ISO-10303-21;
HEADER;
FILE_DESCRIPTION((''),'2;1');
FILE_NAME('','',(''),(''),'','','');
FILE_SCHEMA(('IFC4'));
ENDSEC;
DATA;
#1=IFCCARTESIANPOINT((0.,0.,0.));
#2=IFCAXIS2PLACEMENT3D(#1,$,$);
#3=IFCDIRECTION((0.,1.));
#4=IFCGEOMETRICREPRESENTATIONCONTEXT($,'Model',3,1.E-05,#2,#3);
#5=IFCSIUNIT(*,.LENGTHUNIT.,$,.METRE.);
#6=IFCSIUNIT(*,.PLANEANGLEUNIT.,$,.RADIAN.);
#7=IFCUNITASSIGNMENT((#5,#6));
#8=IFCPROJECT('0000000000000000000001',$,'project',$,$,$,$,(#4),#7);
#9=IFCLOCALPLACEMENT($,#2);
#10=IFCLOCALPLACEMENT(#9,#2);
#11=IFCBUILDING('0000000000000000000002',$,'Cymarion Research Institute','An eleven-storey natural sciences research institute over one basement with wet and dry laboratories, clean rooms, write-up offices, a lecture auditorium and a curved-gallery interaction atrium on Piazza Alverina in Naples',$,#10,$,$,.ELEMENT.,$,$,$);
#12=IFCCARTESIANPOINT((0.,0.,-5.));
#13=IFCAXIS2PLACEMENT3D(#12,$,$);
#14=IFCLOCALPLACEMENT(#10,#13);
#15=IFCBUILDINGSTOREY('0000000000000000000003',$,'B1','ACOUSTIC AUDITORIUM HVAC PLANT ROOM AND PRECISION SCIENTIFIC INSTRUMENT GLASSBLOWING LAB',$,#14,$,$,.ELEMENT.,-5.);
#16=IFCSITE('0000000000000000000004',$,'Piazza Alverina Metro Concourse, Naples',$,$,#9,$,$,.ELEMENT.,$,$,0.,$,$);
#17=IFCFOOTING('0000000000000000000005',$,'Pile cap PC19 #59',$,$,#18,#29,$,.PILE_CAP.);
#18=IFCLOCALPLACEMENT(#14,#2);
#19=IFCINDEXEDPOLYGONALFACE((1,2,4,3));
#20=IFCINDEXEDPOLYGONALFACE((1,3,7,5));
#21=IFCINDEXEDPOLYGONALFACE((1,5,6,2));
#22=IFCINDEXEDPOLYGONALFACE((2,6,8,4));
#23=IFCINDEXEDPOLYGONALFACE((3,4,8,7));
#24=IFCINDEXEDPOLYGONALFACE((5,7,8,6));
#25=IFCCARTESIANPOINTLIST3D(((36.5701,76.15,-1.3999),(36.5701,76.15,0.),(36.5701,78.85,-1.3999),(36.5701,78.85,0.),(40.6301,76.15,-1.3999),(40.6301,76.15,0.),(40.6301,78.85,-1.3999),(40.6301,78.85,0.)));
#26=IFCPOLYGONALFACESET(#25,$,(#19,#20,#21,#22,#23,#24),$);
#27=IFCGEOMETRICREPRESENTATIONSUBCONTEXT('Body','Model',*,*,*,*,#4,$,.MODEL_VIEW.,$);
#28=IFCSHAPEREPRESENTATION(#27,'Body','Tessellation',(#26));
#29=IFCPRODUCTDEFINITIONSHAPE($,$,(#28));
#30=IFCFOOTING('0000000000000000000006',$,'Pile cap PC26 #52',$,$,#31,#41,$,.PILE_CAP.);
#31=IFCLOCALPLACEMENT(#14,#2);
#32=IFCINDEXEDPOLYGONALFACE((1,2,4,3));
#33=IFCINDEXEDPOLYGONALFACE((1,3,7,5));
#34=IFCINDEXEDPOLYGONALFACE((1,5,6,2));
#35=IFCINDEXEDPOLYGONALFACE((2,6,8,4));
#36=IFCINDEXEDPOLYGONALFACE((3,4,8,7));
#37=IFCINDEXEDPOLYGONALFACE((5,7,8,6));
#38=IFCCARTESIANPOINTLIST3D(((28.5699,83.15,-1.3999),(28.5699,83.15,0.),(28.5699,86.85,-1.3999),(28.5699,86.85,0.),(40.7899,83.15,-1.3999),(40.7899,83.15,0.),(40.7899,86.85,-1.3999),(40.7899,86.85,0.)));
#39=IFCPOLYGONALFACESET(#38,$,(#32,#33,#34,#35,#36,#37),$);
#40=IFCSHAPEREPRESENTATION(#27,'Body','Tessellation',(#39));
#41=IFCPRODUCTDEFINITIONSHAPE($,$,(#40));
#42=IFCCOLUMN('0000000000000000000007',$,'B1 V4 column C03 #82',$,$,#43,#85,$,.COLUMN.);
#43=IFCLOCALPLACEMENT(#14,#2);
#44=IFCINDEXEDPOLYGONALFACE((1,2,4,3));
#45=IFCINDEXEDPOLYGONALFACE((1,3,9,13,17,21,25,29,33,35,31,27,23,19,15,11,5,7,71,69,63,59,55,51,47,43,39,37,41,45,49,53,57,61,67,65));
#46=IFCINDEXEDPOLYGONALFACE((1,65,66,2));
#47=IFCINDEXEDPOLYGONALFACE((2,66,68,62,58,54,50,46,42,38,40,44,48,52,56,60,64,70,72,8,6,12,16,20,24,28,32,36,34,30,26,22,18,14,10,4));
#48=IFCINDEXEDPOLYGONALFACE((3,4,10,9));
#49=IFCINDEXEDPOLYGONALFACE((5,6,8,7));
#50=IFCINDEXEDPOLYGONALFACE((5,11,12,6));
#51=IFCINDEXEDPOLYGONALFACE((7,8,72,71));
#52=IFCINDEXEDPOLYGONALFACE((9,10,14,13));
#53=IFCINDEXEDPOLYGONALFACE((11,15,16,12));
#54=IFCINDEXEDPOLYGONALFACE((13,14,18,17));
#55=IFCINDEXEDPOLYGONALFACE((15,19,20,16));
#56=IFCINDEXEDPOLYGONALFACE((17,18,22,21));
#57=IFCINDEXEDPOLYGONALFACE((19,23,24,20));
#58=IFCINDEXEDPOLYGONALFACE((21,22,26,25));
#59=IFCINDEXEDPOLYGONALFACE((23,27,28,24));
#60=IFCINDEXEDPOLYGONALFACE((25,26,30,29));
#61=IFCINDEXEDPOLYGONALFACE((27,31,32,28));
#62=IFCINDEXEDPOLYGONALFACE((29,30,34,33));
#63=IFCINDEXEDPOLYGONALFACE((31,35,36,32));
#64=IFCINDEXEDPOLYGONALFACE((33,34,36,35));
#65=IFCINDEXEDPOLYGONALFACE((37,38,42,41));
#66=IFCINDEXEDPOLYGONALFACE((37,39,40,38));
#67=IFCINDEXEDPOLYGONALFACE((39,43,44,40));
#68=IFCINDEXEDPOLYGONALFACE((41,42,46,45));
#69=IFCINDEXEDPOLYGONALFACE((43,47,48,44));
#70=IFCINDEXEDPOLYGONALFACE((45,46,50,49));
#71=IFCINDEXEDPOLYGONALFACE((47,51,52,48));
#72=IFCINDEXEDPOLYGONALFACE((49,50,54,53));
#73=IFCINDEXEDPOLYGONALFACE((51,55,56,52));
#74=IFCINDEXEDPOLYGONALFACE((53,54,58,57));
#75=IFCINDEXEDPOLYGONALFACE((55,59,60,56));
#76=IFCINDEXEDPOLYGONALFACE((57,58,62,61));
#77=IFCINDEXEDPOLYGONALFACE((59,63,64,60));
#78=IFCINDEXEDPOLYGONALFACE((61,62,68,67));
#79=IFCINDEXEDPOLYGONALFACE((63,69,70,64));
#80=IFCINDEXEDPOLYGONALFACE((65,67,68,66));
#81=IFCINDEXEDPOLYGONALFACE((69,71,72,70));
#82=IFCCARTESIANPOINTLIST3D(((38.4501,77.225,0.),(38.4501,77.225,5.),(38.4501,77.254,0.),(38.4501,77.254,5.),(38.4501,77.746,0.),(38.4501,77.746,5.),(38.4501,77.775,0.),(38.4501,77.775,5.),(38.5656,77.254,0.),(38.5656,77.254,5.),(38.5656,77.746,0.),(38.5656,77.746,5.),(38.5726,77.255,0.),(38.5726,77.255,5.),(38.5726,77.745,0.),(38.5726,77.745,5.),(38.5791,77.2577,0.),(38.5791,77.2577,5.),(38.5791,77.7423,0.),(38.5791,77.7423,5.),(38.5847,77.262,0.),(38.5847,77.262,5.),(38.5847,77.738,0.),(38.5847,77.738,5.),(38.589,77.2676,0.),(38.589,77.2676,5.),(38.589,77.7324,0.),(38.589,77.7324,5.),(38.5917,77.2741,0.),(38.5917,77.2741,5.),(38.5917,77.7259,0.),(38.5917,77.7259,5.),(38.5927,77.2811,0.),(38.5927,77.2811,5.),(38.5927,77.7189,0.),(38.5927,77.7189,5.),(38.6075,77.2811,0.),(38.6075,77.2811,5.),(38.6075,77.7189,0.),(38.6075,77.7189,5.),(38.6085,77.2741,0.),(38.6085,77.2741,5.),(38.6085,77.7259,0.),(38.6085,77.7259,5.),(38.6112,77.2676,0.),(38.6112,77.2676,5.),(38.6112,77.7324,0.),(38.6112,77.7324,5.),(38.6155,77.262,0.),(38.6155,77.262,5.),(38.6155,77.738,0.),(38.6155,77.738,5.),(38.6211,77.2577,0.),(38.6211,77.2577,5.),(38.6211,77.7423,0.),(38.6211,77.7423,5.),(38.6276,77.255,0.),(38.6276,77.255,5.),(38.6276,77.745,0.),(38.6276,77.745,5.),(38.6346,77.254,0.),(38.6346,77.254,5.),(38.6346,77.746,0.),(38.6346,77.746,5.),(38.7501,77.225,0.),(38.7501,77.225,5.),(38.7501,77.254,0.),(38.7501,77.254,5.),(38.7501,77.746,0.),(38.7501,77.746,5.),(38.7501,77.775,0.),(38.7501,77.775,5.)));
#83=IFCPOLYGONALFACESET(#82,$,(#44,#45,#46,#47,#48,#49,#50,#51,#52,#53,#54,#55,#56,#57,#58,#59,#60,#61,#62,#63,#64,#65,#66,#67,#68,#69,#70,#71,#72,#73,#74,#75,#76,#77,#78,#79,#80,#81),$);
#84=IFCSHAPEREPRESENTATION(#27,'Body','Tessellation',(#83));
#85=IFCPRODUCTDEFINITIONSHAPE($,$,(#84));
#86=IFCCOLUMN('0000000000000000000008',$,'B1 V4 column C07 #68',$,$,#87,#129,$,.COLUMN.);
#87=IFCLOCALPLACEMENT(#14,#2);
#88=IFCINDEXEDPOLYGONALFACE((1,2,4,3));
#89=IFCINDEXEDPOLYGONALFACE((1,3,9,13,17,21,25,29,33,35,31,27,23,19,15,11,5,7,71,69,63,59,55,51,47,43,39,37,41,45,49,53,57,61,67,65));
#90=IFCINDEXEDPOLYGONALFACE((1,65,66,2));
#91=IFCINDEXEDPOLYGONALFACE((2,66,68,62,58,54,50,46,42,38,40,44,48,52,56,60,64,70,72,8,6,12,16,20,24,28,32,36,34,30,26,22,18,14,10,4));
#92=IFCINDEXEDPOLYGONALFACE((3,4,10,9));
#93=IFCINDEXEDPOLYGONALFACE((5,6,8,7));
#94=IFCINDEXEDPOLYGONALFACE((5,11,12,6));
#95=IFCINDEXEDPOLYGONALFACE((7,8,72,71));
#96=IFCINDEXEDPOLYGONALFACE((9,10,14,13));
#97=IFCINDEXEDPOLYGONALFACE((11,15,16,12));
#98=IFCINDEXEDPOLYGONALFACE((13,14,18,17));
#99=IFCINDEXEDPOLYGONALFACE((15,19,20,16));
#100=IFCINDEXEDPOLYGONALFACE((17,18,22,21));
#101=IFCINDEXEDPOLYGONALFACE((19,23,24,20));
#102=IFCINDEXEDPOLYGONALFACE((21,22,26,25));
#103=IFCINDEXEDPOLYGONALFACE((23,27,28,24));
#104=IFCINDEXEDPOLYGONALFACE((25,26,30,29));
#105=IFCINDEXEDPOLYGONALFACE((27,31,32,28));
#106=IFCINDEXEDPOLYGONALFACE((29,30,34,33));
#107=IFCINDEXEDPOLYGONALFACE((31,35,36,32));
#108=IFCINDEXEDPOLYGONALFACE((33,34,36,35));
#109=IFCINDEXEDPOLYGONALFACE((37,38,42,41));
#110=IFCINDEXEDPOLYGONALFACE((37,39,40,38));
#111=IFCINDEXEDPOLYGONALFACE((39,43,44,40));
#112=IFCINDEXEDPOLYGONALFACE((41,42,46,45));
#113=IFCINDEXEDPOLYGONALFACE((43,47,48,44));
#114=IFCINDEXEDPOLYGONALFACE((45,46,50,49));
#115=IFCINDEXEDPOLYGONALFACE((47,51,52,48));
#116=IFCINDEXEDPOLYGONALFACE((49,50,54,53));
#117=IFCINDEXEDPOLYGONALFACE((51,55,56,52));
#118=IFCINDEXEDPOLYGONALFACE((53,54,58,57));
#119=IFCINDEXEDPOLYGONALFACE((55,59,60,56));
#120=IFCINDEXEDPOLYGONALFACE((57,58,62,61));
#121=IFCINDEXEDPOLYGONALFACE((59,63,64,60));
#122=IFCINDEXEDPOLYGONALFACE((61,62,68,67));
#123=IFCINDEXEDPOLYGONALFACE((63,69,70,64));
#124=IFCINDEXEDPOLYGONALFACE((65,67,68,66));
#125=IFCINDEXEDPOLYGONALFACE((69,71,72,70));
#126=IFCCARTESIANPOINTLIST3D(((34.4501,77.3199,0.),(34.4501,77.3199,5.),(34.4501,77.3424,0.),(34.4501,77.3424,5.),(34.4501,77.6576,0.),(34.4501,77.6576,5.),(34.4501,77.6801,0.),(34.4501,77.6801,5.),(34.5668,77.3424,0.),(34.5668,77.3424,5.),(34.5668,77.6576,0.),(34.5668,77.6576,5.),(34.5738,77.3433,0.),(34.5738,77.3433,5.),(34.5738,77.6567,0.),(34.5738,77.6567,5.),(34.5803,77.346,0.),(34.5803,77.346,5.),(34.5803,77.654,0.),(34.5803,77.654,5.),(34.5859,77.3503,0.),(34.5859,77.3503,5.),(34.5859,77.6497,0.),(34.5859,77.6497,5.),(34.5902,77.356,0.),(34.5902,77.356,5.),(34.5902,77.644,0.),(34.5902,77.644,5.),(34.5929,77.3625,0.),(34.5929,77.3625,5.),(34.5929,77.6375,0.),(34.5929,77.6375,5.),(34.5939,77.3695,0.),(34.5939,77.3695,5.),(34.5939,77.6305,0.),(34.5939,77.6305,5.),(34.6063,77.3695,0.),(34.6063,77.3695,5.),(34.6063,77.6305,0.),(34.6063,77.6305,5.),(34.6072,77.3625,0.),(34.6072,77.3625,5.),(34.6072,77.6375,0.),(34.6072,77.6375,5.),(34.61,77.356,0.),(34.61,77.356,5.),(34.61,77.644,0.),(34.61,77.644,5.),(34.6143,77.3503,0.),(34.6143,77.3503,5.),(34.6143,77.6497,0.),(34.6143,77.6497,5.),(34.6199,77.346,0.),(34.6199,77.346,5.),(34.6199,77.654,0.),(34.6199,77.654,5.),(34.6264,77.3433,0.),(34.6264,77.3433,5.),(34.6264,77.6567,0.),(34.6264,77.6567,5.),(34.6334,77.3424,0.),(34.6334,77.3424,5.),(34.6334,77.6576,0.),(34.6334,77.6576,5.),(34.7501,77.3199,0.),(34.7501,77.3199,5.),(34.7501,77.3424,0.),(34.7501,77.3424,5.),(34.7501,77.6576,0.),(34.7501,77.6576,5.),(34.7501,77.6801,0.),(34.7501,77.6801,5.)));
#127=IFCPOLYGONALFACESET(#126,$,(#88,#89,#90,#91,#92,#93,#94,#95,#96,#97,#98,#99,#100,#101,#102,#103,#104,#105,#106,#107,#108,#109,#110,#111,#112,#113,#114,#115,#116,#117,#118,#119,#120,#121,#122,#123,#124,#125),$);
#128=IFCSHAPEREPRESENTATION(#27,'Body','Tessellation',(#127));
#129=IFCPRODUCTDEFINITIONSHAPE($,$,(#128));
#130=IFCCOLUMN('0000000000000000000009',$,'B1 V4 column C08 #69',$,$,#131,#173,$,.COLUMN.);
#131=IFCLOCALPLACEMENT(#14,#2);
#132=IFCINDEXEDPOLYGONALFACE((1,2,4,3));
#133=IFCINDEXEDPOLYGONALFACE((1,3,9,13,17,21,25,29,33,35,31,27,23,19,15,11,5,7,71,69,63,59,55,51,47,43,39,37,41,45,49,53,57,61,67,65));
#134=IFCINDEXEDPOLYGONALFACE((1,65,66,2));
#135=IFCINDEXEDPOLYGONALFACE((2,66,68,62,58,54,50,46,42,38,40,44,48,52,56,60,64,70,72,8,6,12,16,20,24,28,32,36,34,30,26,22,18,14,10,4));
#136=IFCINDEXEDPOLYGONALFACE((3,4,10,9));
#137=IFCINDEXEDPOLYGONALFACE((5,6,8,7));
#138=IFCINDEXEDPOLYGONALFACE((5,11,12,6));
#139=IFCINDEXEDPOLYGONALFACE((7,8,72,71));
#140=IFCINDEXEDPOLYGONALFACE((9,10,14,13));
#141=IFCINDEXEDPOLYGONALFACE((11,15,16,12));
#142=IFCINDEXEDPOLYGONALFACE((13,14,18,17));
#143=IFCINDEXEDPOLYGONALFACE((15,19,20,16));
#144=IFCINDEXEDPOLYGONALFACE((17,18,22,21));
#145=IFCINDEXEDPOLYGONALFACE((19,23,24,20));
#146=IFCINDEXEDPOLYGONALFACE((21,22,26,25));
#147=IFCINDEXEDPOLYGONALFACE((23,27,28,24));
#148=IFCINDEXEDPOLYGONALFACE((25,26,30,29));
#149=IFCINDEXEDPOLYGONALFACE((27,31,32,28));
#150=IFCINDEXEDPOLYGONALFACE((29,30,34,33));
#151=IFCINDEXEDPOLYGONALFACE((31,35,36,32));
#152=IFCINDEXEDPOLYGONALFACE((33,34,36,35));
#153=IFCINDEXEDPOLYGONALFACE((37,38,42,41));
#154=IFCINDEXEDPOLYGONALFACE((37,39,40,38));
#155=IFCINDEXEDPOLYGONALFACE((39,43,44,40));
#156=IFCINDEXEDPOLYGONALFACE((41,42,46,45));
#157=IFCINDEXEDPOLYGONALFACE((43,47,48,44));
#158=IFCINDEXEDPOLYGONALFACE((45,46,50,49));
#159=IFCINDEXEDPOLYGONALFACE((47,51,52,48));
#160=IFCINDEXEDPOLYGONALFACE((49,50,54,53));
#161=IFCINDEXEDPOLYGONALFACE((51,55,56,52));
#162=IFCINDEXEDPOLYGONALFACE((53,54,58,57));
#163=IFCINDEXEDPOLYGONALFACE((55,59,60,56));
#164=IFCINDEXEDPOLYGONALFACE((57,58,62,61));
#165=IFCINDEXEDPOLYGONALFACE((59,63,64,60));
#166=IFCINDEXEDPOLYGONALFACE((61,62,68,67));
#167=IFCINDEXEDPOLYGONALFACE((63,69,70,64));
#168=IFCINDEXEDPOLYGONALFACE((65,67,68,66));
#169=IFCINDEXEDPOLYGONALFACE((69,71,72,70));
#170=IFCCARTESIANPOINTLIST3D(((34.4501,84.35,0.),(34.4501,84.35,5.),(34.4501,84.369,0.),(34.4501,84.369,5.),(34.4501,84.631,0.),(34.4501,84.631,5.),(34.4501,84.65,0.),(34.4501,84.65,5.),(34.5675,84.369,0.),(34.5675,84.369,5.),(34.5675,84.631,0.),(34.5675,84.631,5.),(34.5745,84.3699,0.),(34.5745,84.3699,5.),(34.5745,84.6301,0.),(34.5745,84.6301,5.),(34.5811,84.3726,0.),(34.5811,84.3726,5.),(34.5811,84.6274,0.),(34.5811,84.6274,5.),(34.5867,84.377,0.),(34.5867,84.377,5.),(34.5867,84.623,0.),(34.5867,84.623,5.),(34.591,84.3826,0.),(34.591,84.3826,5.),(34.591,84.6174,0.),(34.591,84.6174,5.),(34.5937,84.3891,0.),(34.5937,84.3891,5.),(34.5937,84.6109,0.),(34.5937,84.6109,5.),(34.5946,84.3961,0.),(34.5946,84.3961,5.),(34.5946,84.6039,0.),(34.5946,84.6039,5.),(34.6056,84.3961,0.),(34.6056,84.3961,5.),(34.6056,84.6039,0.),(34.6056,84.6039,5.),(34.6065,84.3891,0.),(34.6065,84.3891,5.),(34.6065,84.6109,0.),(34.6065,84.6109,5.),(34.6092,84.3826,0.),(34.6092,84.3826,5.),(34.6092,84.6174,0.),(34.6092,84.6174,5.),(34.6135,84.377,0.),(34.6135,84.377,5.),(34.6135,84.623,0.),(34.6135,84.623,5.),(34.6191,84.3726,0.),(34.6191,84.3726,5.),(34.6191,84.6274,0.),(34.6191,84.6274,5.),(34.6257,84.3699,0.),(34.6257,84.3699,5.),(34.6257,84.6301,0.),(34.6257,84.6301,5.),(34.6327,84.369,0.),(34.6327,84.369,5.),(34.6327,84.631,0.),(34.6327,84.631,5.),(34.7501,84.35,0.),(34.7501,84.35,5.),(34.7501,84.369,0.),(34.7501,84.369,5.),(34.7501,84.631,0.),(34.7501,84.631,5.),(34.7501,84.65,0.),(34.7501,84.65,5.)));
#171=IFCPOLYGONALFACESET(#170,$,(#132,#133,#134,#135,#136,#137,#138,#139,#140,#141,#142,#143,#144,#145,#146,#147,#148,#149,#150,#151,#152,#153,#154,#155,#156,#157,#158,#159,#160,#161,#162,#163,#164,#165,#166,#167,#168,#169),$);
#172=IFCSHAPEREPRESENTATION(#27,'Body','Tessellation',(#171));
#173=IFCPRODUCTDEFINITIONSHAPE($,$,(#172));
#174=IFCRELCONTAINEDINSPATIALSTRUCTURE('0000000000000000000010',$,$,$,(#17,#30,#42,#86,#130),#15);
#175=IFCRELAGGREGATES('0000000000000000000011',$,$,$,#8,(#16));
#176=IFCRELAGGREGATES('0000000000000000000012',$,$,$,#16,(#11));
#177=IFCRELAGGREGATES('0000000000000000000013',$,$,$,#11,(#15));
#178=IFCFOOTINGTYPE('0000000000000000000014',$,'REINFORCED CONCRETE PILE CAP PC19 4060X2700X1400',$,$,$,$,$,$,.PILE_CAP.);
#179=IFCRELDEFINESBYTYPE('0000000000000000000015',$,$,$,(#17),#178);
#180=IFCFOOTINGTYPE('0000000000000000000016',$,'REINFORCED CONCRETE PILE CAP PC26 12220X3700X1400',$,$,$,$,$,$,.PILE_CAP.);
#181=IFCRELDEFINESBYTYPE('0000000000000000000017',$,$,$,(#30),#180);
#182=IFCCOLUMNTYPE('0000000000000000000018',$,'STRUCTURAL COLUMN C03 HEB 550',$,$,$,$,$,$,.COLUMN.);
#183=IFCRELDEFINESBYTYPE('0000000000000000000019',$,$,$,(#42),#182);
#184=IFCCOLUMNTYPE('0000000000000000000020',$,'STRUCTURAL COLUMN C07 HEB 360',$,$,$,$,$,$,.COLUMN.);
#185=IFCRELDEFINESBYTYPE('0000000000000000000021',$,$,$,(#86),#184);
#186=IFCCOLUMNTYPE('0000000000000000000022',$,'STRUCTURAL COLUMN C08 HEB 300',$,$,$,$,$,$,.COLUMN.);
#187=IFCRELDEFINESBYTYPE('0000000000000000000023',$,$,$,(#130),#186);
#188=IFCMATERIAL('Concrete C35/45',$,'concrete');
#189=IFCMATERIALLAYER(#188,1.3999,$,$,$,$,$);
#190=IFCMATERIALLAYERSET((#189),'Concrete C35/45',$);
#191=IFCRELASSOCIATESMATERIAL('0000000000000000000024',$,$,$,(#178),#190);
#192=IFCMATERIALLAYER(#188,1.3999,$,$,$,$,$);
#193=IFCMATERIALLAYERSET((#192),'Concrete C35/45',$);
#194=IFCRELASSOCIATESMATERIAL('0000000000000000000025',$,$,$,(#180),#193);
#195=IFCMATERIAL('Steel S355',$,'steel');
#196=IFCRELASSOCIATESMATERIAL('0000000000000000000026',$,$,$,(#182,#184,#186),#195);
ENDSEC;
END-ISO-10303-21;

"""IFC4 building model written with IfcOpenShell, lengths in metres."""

from ifc_helpers import new_model, si_unit, direction, frame, origin, origin_2d, place, context, subcontext, project, spatial, rectangle, i_section, extrude, material, layer, layer_set, material_profile, profile_set, type_object, element, save


model = new_model("IFC4")

# Units and contexts
model_context = context("Model", 3, precision=1e-05, world=origin(), true_north=direction((0.0, 1.0)))
body_context = subcontext(model_context, "Body", "Model", "MODEL_VIEW")
ifc_project = project(units=[si_unit("LENGTHUNIT", "METRE"), si_unit("PLANEANGLEUNIT", "RADIAN")], contexts=[model_context])

# Site, building, storey
site_placement = place(None, origin())
site = spatial("IfcSite", under=ifc_project, at=site_placement, Name="Piazza Alverina Metro Concourse, Naples", CompositionType="ELEMENT", RefElevation=0.0)
building_placement = place(site_placement, origin())
building = spatial("IfcBuilding", under=site, at=building_placement, Name="Cymarion Research Institute", Description="An eleven-storey natural sciences research institute over one basement with wet and dry laboratories, clean rooms, write-up offices, a lecture auditorium and a curved-gallery interaction atrium on Piazza Alverina in Naples", CompositionType="ELEMENT")
storey_placement = place(building_placement, frame((0.0, 0.0, -5.0)))
storey = spatial("IfcBuildingStorey", under=building, at=storey_placement, Name="B1", Description="ACOUSTIC AUDITORIUM HVAC PLANT ROOM AND PRECISION SCIENTIFIC INSTRUMENT GLASSBLOWING LAB", CompositionType="ELEMENT", Elevation=-5.0)

# Shared definitions
ifc_material_1 = material(Name="Concrete C35/45", Category="concrete")

# Footings
ifc_layer_1 = layer(ifc_material_1, 1.3999)
ifc_layer_set_1 = layer_set([ifc_layer_1], Name="Concrete C35/45")
footing_type_1 = type_object("IfcFootingType", Name="REINFORCED CONCRETE PILE CAP PC19 4060X2700X1400", PredefinedType="PILE_CAP", material=ifc_layer_set_1)
footing_1_placement = place(storey_placement, frame((38.6001, 77.5, -1.3999), z_axis=(0.0, 0.0, 1.0), x_axis=(1.0, 0.0, 0.0)))
element("IfcFooting", 1, at=footing_1_placement, inside=storey, type_object=footing_type_1, Name="Pile cap PC19 #59", PredefinedType="PILE_CAP", context=body_context, shape_type="SweptSolid", body=[
    extrude(rectangle(XDim=4.0601, YDim=2.7, at=origin_2d()), origin(), (0.0, 0.0, 1.0), 1.3999),
])
ifc_layer_2 = layer(ifc_material_1, 1.3999)
ifc_layer_set_2 = layer_set([ifc_layer_2], Name="Concrete C35/45")
footing_type_2 = type_object("IfcFootingType", Name="REINFORCED CONCRETE PILE CAP PC26 12220X3700X1400", PredefinedType="PILE_CAP", material=ifc_layer_set_2)
footing_2_placement = place(storey_placement, frame((34.6799, 85.0, -1.3999), z_axis=(0.0, 0.0, 1.0), x_axis=(1.0, 0.0, 0.0)))
element("IfcFooting", 2, at=footing_2_placement, inside=storey, type_object=footing_type_2, Name="Pile cap PC26 #52", PredefinedType="PILE_CAP", context=body_context, shape_type="SweptSolid", body=[
    extrude(rectangle(XDim=12.22, YDim=3.7, at=origin_2d()), origin(), (0.0, 0.0, 1.0), 1.3999),
])

# Columns
ifc_material_2 = material(Name="Steel S355", Category="steel")
ifc_material_profile_1 = material_profile(ifc_material_2, i_section(OverallWidth=0.3, OverallDepth=0.55, WebThickness=0.0149, FlangeThickness=0.0291, FilletRadius=0.0271, at=origin_2d()), Name="HEB 550")
ifc_profile_set_1 = profile_set([ifc_material_profile_1], Name="Steel S355")
column_type_1 = type_object("IfcColumnType", Name="STRUCTURAL COLUMN C03 HEB 550", PredefinedType="COLUMN", material=ifc_profile_set_1)
column_1_placement = place(storey_placement, frame((38.6001, 77.5, 0.0), z_axis=(0.0, 0.0, 1.0), x_axis=(1.0, 0.0, 0.0)))
element("IfcColumn", 3, at=column_1_placement, inside=storey, type_object=column_type_1, Name="B1 V4 column C03 #82", PredefinedType="COLUMN", context=body_context, shape_type="SweptSolid", body=[
    extrude(i_section(OverallWidth=0.3, OverallDepth=0.55, WebThickness=0.0149, FlangeThickness=0.0291, FilletRadius=0.0271, at=origin_2d()), origin(), (0.0, 0.0, 1.0), 5.0),
])
ifc_material_profile_2 = material_profile(ifc_material_2, i_section(OverallWidth=0.3, OverallDepth=0.3601, WebThickness=0.0125, FlangeThickness=0.0225, FilletRadius=0.0271, at=origin_2d()), Name="HEB 360")
ifc_profile_set_2 = profile_set([ifc_material_profile_2], Name="Steel S355")
column_type_2 = type_object("IfcColumnType", Name="STRUCTURAL COLUMN C07 HEB 360", PredefinedType="COLUMN", material=ifc_profile_set_2)
column_2_placement = place(storey_placement, frame((34.6001, 77.5, 0.0), z_axis=(0.0, 0.0, 1.0), x_axis=(1.0, 0.0, 0.0)))
element("IfcColumn", 4, at=column_2_placement, inside=storey, type_object=column_type_2, Name="B1 V4 column C07 #68", PredefinedType="COLUMN", context=body_context, shape_type="SweptSolid", body=[
    extrude(i_section(OverallWidth=0.3, OverallDepth=0.3601, WebThickness=0.0125, FlangeThickness=0.0225, FilletRadius=0.0271, at=origin_2d()), origin(), (0.0, 0.0, 1.0), 5.0),
])
ifc_material_profile_3 = material_profile(ifc_material_2, i_section(OverallWidth=0.3, OverallDepth=0.3, WebThickness=0.011, FlangeThickness=0.019, FilletRadius=0.0271, at=origin_2d()), Name="HEB 300")
ifc_profile_set_3 = profile_set([ifc_material_profile_3], Name="Steel S355")
column_type_3 = type_object("IfcColumnType", Name="STRUCTURAL COLUMN C08 HEB 300", PredefinedType="COLUMN", material=ifc_profile_set_3)
for number, where, z_axis, x_axis, name in (
    (5, (34.6001, 84.5, 0.0), (0.0, 0.0, 1.0), (1.0, 0.0, 0.0), "B1 V4 column C08 #69"),
):
    element("IfcColumn", number, at=place(storey_placement, frame(where, z_axis=z_axis, x_axis=x_axis)), inside=storey, type_object=column_type_3, Name=name, PredefinedType="COLUMN", context=body_context, shape_type="SweptSolid", body=[
        extrude(i_section(OverallWidth=0.3, OverallDepth=0.3, WebThickness=0.011, FlangeThickness=0.019, FilletRadius=0.0271, at=origin_2d()), origin(), (0.0, 0.0, 1.0), 5.0),
    ])

save(model, "model.ifc")
